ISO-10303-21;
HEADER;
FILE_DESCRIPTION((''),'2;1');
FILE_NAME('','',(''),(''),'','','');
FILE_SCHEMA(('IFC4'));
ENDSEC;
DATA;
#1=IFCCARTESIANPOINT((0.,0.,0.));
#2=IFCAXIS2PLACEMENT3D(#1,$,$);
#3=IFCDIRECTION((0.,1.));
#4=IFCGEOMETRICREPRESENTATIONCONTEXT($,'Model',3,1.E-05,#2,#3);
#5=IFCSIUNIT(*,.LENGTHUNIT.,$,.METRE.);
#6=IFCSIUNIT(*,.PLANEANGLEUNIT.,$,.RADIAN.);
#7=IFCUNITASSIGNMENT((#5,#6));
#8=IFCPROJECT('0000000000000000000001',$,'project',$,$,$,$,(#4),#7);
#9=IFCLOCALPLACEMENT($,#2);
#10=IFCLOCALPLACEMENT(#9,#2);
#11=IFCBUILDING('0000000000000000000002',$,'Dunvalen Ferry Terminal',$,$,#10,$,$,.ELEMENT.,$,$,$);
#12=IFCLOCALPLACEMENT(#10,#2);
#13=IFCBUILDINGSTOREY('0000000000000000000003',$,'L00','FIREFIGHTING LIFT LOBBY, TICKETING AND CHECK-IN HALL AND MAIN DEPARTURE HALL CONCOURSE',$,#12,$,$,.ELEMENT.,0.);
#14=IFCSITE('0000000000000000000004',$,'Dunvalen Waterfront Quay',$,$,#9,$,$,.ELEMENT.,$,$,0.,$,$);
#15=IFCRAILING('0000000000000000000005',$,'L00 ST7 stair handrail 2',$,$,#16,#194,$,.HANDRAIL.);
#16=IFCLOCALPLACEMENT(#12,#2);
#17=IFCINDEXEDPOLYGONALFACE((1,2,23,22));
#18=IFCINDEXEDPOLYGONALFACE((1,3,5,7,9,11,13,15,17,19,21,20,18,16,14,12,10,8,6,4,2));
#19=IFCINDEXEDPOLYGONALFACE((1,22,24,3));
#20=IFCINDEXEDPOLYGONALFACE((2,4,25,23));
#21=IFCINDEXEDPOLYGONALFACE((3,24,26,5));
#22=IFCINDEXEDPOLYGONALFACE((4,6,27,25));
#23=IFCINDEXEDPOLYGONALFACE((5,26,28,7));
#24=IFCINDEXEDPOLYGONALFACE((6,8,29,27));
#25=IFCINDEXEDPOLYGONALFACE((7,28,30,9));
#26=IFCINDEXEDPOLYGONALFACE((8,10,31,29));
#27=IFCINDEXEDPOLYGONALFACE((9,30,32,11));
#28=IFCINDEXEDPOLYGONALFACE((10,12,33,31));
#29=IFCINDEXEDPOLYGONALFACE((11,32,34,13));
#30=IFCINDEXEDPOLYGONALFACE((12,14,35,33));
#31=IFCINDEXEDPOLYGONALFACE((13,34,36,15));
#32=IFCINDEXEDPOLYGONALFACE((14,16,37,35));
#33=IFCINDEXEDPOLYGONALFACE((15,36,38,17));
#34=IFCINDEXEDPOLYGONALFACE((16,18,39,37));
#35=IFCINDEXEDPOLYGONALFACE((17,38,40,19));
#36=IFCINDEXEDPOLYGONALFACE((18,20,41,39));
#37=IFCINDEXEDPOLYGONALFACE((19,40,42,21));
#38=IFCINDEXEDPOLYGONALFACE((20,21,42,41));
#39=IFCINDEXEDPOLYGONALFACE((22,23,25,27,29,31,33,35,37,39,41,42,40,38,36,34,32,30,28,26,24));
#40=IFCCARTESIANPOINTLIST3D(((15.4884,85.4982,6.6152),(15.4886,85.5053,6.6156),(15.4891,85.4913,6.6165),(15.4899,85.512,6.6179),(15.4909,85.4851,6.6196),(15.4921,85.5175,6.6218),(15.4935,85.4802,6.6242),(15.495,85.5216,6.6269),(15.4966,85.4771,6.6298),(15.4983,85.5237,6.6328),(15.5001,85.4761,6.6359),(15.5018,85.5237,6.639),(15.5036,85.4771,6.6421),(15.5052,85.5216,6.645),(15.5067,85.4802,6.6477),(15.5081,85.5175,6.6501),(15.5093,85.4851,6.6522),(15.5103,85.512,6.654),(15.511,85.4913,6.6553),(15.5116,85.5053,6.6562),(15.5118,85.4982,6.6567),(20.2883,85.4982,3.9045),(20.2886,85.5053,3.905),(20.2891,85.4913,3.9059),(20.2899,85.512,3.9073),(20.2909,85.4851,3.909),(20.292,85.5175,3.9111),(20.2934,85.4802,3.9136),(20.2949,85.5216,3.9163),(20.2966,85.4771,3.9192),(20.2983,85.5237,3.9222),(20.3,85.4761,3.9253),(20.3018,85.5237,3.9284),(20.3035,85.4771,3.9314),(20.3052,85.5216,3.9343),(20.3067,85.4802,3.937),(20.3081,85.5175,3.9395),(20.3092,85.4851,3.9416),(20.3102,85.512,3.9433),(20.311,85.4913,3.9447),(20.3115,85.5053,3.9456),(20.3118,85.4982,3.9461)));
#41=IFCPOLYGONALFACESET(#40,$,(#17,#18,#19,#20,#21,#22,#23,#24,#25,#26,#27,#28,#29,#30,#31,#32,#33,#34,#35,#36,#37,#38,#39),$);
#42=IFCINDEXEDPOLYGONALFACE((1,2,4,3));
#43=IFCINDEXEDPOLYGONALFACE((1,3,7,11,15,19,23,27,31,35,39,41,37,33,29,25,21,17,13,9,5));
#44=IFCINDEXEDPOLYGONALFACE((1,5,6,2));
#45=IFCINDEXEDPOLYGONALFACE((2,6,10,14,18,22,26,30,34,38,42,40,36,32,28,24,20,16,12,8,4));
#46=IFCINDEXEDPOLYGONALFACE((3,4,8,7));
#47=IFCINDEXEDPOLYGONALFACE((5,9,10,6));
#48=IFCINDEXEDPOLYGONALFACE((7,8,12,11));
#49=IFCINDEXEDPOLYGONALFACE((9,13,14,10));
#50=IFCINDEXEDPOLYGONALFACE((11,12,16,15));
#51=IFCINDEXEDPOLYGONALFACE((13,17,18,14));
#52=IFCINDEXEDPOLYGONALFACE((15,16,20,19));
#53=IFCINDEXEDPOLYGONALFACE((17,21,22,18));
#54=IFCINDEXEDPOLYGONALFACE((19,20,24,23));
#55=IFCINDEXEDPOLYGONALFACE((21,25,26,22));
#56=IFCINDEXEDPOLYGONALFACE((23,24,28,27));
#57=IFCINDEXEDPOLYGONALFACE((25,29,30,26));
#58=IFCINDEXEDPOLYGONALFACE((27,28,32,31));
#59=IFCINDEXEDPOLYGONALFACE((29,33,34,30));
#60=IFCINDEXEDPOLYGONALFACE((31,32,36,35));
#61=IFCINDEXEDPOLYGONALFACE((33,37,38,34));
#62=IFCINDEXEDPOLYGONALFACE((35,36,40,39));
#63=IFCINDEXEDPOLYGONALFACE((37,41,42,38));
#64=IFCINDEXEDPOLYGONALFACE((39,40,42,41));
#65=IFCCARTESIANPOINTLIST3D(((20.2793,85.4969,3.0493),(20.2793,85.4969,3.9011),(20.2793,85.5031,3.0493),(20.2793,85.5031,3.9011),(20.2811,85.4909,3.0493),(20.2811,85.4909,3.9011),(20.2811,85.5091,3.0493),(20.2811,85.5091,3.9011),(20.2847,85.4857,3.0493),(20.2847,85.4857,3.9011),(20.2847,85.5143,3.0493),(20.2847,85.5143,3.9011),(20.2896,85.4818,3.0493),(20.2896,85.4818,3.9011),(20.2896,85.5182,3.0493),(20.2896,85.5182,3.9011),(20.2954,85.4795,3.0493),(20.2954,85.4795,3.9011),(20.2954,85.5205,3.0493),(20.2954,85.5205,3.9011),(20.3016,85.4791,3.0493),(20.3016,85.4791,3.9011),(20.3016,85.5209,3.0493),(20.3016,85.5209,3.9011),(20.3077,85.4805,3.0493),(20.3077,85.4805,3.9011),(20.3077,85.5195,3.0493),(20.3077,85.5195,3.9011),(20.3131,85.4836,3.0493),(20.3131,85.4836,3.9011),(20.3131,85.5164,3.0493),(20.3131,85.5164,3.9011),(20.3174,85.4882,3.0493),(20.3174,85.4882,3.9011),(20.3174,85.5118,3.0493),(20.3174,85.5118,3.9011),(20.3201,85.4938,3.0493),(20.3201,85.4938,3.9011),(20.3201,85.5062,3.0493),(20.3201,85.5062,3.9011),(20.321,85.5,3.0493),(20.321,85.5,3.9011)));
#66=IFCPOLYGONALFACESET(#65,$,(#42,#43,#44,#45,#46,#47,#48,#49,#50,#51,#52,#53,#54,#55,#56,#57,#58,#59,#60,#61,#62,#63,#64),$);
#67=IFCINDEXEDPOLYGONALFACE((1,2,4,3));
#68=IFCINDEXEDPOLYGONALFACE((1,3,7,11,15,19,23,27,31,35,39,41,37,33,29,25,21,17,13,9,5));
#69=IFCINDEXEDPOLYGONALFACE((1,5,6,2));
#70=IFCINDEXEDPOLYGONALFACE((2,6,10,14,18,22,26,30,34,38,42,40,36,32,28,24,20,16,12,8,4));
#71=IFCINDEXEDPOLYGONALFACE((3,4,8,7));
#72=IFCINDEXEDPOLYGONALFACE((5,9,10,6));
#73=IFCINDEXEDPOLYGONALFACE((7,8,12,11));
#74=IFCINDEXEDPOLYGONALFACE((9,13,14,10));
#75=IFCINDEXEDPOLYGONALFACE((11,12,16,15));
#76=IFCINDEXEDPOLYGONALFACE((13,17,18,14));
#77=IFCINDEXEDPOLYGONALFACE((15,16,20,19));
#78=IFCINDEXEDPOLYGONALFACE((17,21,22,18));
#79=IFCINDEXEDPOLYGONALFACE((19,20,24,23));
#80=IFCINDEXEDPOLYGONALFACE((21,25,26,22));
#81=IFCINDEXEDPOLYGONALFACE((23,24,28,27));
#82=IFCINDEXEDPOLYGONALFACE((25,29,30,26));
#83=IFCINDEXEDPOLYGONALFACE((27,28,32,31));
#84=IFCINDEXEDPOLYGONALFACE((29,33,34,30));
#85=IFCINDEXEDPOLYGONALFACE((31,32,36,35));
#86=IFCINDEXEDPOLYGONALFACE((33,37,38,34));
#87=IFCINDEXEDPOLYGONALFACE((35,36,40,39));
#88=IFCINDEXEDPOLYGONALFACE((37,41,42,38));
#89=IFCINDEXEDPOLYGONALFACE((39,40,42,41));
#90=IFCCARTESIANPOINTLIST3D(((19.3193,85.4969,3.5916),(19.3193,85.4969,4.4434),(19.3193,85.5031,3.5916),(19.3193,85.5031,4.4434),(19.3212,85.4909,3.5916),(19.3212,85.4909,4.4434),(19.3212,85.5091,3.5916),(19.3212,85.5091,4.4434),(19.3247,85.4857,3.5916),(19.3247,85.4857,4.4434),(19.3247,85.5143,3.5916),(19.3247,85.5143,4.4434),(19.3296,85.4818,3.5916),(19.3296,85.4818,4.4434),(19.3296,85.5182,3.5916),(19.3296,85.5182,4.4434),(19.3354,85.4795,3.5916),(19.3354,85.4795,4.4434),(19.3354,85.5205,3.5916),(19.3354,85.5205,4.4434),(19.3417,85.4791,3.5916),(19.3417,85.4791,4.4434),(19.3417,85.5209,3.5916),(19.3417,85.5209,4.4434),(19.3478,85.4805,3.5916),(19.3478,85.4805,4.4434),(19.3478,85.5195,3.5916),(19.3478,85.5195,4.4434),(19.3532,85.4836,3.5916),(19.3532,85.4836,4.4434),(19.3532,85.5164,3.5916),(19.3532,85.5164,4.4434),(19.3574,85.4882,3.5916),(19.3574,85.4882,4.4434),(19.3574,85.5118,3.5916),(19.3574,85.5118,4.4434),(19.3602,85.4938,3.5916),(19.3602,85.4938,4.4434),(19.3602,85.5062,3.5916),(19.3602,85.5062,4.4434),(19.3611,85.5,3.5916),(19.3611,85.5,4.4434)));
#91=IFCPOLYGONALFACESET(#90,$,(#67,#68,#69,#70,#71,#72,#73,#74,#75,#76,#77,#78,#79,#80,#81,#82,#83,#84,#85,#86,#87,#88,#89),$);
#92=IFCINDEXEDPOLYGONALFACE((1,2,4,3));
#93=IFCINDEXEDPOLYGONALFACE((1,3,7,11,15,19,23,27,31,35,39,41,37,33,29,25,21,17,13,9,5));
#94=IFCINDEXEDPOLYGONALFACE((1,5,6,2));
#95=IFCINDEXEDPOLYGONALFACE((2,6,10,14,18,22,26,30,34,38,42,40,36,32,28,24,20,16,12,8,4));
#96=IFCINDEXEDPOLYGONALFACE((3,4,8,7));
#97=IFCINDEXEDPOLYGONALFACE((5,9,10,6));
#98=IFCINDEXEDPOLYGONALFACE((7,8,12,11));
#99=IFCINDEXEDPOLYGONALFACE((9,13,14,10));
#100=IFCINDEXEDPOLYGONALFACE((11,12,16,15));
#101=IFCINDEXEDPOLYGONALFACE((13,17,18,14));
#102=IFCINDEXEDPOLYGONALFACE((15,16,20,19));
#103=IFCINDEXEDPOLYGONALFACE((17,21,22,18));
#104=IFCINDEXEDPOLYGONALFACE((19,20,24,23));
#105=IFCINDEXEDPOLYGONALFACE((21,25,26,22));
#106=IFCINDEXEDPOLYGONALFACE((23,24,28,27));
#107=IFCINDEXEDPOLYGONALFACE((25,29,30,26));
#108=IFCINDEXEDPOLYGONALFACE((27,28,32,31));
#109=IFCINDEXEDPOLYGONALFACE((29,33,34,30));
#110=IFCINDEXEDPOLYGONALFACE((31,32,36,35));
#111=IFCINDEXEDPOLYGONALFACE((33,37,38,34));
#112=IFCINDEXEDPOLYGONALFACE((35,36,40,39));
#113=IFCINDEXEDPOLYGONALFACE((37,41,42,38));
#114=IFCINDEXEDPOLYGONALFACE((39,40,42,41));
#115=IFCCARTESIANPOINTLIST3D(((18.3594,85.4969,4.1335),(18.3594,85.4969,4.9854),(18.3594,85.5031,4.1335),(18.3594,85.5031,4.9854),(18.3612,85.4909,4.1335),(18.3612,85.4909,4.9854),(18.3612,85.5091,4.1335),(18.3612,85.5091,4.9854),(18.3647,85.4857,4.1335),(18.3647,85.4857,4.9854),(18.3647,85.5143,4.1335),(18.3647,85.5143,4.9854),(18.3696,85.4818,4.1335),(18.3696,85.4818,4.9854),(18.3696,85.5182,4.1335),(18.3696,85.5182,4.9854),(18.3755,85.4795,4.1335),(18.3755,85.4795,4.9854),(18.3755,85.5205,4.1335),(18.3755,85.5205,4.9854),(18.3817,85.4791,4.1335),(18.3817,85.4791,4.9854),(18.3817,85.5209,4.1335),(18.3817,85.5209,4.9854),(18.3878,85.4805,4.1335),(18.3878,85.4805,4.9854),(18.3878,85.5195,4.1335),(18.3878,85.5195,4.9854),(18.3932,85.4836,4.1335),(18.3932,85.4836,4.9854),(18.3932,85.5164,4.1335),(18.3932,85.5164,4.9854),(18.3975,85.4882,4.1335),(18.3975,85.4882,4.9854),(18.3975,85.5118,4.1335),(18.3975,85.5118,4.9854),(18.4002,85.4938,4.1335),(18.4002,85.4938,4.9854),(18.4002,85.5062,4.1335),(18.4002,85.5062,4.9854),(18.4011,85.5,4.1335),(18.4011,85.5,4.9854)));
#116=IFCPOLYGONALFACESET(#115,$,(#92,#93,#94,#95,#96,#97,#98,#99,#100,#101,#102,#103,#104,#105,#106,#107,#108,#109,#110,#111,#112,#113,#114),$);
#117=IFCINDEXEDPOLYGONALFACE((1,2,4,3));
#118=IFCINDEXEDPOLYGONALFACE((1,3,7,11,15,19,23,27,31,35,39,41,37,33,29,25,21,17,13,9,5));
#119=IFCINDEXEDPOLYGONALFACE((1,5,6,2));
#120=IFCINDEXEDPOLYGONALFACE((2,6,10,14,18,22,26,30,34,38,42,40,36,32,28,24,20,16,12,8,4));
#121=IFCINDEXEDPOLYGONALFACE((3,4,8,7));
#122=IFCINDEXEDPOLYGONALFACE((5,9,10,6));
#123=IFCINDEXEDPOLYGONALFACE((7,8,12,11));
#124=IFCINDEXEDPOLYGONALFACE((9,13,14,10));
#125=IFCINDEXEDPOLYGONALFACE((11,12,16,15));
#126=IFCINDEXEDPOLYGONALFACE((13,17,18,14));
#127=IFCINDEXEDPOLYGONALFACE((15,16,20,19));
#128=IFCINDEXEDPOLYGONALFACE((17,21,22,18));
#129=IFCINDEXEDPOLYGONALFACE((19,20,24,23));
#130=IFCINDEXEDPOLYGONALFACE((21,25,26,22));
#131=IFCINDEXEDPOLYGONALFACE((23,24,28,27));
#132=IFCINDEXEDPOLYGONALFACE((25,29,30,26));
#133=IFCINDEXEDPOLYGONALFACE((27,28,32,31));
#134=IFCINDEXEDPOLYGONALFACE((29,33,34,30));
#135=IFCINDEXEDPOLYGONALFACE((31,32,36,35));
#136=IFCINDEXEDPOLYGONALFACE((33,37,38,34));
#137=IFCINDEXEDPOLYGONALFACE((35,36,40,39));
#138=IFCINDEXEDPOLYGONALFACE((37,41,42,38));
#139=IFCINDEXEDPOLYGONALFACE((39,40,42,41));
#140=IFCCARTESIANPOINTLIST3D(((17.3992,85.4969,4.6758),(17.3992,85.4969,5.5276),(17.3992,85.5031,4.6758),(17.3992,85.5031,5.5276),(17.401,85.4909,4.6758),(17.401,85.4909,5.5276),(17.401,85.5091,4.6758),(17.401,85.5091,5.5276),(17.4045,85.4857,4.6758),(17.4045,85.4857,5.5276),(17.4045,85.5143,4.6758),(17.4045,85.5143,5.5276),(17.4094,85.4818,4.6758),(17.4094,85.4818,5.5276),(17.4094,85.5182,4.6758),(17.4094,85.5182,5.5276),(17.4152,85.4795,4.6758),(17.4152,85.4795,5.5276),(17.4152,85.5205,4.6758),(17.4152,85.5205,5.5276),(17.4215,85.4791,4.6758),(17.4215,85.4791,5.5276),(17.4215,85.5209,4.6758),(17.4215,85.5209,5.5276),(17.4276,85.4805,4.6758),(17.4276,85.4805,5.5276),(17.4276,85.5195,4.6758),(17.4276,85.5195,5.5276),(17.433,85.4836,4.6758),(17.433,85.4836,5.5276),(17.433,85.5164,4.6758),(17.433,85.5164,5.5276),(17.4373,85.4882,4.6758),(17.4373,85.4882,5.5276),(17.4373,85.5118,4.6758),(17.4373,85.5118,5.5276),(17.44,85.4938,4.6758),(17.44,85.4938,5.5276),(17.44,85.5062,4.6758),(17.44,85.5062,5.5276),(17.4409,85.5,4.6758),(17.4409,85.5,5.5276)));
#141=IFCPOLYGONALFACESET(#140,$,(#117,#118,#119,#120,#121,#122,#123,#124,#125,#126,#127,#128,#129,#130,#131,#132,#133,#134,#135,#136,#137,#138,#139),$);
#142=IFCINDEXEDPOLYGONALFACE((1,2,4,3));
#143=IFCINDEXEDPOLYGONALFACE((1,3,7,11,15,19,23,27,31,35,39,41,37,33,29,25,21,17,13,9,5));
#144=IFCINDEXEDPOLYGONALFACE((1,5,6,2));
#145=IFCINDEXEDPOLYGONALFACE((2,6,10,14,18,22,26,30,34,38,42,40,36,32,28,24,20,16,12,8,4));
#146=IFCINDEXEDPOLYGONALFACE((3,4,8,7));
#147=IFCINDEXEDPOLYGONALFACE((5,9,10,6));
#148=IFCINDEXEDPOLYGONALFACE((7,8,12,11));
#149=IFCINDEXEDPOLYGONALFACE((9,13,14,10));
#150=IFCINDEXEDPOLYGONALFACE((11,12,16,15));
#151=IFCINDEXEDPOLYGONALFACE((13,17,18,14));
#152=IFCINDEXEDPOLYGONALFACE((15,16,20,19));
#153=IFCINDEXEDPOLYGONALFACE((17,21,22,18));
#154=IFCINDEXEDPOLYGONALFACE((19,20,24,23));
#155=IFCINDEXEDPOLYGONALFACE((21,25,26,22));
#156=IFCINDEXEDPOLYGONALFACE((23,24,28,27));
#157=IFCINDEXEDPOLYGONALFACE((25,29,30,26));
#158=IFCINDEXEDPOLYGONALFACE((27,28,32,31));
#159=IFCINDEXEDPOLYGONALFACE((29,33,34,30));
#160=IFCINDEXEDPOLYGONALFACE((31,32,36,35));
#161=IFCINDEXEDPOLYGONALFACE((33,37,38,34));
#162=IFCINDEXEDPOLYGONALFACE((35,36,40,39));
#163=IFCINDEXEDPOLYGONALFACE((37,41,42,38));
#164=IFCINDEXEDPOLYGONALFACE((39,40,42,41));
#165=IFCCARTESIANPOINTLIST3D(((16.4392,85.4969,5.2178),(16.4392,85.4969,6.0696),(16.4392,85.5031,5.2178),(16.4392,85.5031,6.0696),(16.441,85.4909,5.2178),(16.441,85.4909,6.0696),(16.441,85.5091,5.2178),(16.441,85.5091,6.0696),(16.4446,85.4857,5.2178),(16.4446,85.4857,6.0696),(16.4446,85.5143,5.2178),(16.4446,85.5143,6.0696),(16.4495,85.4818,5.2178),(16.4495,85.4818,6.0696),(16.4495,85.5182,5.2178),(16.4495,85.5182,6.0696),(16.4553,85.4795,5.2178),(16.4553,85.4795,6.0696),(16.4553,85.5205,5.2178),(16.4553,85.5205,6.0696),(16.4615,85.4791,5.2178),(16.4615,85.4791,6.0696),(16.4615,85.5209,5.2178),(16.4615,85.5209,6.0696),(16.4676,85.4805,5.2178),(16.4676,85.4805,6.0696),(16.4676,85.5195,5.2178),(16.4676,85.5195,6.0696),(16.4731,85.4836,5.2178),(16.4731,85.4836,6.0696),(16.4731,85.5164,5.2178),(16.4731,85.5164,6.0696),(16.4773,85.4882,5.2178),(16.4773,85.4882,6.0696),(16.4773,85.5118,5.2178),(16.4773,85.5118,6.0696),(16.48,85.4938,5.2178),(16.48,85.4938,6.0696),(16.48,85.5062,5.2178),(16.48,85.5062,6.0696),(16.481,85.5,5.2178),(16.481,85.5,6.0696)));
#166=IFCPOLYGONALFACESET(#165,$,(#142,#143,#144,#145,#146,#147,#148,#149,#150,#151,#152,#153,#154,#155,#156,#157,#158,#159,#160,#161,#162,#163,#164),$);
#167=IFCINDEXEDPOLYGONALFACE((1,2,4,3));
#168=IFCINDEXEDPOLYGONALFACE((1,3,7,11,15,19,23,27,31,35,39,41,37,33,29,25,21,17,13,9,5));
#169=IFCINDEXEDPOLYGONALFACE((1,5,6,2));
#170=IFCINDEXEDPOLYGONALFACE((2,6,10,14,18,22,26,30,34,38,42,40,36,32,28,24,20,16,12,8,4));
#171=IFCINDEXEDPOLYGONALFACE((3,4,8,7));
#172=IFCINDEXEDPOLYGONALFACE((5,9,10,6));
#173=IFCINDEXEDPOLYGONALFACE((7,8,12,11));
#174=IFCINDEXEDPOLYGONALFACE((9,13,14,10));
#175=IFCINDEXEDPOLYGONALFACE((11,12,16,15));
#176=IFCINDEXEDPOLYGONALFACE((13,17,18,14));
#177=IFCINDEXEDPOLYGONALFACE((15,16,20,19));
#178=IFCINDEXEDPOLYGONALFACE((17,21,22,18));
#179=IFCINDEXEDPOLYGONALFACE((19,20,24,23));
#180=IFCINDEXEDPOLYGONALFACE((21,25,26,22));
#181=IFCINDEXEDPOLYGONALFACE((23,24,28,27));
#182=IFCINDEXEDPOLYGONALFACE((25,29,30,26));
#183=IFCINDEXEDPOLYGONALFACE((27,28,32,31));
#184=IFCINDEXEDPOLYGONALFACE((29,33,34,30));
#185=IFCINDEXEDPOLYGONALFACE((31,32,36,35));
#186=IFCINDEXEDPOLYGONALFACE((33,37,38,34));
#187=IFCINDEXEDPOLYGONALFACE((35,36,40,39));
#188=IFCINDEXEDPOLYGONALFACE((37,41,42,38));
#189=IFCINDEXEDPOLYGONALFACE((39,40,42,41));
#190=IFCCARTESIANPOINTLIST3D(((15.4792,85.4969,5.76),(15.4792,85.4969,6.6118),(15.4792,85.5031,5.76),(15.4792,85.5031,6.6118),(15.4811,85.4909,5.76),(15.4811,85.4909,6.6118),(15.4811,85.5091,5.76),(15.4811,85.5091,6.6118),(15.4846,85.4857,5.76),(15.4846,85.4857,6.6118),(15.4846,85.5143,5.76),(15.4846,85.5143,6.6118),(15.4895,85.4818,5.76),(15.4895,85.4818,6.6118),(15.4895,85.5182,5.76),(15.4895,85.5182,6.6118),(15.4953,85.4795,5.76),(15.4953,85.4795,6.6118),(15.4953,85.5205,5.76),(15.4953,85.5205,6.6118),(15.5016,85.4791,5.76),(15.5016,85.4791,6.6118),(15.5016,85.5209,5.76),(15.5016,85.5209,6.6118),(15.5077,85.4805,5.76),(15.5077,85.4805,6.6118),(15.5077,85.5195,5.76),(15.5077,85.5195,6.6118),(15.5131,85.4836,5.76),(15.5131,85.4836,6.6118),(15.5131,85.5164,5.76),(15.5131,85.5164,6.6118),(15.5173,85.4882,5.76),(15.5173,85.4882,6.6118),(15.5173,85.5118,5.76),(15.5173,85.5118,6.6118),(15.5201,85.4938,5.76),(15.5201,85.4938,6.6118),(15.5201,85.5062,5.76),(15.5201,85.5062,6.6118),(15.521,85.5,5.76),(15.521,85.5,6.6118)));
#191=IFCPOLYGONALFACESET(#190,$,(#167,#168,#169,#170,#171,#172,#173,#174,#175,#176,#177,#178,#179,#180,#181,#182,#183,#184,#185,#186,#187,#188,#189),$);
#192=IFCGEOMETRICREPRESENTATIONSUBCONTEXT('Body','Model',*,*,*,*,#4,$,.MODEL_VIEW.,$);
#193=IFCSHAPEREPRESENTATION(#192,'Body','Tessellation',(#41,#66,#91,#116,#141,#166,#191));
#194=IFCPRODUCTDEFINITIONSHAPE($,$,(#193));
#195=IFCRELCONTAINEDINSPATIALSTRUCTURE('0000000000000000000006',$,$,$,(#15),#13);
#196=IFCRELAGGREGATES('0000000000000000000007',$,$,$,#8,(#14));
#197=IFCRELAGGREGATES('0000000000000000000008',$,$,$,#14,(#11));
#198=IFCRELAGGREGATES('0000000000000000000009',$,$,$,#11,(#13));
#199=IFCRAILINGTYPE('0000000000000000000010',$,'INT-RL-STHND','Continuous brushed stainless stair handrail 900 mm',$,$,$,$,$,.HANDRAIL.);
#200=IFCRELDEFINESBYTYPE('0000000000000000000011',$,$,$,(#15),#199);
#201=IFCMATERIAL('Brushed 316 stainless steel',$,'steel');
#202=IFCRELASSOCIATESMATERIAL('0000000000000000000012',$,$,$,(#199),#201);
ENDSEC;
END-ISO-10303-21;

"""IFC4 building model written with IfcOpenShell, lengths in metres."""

from ifc_helpers import new_model, si_unit, direction, frame, origin, origin_2d, place, context, subcontext, project, spatial, circle, extrude, material, type_object, element, save


model = new_model("IFC4")

# Units and contexts
model_context = context("Model", 3, precision=1e-05, world=origin(), true_north=direction((0.0, 1.0)))
body_context = subcontext(model_context, "Body", "Model", "MODEL_VIEW")
ifc_project = project(units=[si_unit("LENGTHUNIT", "METRE"), si_unit("PLANEANGLEUNIT", "RADIAN")], contexts=[model_context])

# Site, building, storey
site_placement = place(None, origin())
site = spatial("IfcSite", under=ifc_project, at=site_placement, Name="Dunvalen Waterfront Quay", CompositionType="ELEMENT", RefElevation=0.0)
building_placement = place(site_placement, origin())
building = spatial("IfcBuilding", under=site, at=building_placement, Name="Dunvalen Ferry Terminal", CompositionType="ELEMENT")
storey_placement = place(building_placement, origin())
storey = spatial("IfcBuildingStorey", under=building, at=storey_placement, Name="L00", Description="FIREFIGHTING LIFT LOBBY, TICKETING AND CHECK-IN HALL AND MAIN DEPARTURE HALL CONCOURSE", CompositionType="ELEMENT", Elevation=0.0)

# Railing
ifc_material_1 = material(Name="Brushed 316 stainless steel", Category="steel")
railing_type_1 = type_object("IfcRailingType", Name="INT-RL-STHND", Description="Continuous brushed stainless stair handrail 900 mm", PredefinedType="HANDRAIL", material=ifc_material_1)
railing_1_placement = place(storey_placement, frame((20.3, 85.5, 3.0493)))
element("IfcRailing", 1, at=railing_1_placement, inside=storey, type_object=railing_type_1, Name="L00 ST7 stair handrail 2", PredefinedType="HANDRAIL", context=body_context, shape_type="SweptSolid", body=[
    extrude(circle(Radius=0.0239, at=origin_2d()), frame((0.0, 0.0, 0.876), z_axis=(-0.870748, 0.0, 0.49173), x_axis=(0.0, -1.0, 0.0)), (0.0, 0.0, 1.0), 5.5125),
    extrude(circle(Radius=0.021, at=origin_2d()), origin(), (0.0, 0.0, 1.0), 0.8518),
    extrude(circle(Radius=0.021, at=origin_2d()), frame((-0.96, 0.0, 0.5422)), (0.0, 0.0, 1.0), 0.8518),
    extrude(circle(Radius=0.021, at=origin_2d()), frame((-1.9199, 0.0, 1.0842)), (0.0, 0.0, 1.0), 0.8518),
    extrude(circle(Radius=0.021, at=origin_2d()), frame((-2.8801, 0.0, 1.6265)), (0.0, 0.0, 1.0), 0.8518),
    extrude(circle(Radius=0.021, at=origin_2d()), frame((-3.8401, 0.0, 2.1685)), (0.0, 0.0, 1.0), 0.8518),
    extrude(circle(Radius=0.021, at=origin_2d()), frame((-4.8, 0.0, 2.7107)), (0.0, 0.0, 1.0), 0.8518),
])

save(model, "model.ifc")
